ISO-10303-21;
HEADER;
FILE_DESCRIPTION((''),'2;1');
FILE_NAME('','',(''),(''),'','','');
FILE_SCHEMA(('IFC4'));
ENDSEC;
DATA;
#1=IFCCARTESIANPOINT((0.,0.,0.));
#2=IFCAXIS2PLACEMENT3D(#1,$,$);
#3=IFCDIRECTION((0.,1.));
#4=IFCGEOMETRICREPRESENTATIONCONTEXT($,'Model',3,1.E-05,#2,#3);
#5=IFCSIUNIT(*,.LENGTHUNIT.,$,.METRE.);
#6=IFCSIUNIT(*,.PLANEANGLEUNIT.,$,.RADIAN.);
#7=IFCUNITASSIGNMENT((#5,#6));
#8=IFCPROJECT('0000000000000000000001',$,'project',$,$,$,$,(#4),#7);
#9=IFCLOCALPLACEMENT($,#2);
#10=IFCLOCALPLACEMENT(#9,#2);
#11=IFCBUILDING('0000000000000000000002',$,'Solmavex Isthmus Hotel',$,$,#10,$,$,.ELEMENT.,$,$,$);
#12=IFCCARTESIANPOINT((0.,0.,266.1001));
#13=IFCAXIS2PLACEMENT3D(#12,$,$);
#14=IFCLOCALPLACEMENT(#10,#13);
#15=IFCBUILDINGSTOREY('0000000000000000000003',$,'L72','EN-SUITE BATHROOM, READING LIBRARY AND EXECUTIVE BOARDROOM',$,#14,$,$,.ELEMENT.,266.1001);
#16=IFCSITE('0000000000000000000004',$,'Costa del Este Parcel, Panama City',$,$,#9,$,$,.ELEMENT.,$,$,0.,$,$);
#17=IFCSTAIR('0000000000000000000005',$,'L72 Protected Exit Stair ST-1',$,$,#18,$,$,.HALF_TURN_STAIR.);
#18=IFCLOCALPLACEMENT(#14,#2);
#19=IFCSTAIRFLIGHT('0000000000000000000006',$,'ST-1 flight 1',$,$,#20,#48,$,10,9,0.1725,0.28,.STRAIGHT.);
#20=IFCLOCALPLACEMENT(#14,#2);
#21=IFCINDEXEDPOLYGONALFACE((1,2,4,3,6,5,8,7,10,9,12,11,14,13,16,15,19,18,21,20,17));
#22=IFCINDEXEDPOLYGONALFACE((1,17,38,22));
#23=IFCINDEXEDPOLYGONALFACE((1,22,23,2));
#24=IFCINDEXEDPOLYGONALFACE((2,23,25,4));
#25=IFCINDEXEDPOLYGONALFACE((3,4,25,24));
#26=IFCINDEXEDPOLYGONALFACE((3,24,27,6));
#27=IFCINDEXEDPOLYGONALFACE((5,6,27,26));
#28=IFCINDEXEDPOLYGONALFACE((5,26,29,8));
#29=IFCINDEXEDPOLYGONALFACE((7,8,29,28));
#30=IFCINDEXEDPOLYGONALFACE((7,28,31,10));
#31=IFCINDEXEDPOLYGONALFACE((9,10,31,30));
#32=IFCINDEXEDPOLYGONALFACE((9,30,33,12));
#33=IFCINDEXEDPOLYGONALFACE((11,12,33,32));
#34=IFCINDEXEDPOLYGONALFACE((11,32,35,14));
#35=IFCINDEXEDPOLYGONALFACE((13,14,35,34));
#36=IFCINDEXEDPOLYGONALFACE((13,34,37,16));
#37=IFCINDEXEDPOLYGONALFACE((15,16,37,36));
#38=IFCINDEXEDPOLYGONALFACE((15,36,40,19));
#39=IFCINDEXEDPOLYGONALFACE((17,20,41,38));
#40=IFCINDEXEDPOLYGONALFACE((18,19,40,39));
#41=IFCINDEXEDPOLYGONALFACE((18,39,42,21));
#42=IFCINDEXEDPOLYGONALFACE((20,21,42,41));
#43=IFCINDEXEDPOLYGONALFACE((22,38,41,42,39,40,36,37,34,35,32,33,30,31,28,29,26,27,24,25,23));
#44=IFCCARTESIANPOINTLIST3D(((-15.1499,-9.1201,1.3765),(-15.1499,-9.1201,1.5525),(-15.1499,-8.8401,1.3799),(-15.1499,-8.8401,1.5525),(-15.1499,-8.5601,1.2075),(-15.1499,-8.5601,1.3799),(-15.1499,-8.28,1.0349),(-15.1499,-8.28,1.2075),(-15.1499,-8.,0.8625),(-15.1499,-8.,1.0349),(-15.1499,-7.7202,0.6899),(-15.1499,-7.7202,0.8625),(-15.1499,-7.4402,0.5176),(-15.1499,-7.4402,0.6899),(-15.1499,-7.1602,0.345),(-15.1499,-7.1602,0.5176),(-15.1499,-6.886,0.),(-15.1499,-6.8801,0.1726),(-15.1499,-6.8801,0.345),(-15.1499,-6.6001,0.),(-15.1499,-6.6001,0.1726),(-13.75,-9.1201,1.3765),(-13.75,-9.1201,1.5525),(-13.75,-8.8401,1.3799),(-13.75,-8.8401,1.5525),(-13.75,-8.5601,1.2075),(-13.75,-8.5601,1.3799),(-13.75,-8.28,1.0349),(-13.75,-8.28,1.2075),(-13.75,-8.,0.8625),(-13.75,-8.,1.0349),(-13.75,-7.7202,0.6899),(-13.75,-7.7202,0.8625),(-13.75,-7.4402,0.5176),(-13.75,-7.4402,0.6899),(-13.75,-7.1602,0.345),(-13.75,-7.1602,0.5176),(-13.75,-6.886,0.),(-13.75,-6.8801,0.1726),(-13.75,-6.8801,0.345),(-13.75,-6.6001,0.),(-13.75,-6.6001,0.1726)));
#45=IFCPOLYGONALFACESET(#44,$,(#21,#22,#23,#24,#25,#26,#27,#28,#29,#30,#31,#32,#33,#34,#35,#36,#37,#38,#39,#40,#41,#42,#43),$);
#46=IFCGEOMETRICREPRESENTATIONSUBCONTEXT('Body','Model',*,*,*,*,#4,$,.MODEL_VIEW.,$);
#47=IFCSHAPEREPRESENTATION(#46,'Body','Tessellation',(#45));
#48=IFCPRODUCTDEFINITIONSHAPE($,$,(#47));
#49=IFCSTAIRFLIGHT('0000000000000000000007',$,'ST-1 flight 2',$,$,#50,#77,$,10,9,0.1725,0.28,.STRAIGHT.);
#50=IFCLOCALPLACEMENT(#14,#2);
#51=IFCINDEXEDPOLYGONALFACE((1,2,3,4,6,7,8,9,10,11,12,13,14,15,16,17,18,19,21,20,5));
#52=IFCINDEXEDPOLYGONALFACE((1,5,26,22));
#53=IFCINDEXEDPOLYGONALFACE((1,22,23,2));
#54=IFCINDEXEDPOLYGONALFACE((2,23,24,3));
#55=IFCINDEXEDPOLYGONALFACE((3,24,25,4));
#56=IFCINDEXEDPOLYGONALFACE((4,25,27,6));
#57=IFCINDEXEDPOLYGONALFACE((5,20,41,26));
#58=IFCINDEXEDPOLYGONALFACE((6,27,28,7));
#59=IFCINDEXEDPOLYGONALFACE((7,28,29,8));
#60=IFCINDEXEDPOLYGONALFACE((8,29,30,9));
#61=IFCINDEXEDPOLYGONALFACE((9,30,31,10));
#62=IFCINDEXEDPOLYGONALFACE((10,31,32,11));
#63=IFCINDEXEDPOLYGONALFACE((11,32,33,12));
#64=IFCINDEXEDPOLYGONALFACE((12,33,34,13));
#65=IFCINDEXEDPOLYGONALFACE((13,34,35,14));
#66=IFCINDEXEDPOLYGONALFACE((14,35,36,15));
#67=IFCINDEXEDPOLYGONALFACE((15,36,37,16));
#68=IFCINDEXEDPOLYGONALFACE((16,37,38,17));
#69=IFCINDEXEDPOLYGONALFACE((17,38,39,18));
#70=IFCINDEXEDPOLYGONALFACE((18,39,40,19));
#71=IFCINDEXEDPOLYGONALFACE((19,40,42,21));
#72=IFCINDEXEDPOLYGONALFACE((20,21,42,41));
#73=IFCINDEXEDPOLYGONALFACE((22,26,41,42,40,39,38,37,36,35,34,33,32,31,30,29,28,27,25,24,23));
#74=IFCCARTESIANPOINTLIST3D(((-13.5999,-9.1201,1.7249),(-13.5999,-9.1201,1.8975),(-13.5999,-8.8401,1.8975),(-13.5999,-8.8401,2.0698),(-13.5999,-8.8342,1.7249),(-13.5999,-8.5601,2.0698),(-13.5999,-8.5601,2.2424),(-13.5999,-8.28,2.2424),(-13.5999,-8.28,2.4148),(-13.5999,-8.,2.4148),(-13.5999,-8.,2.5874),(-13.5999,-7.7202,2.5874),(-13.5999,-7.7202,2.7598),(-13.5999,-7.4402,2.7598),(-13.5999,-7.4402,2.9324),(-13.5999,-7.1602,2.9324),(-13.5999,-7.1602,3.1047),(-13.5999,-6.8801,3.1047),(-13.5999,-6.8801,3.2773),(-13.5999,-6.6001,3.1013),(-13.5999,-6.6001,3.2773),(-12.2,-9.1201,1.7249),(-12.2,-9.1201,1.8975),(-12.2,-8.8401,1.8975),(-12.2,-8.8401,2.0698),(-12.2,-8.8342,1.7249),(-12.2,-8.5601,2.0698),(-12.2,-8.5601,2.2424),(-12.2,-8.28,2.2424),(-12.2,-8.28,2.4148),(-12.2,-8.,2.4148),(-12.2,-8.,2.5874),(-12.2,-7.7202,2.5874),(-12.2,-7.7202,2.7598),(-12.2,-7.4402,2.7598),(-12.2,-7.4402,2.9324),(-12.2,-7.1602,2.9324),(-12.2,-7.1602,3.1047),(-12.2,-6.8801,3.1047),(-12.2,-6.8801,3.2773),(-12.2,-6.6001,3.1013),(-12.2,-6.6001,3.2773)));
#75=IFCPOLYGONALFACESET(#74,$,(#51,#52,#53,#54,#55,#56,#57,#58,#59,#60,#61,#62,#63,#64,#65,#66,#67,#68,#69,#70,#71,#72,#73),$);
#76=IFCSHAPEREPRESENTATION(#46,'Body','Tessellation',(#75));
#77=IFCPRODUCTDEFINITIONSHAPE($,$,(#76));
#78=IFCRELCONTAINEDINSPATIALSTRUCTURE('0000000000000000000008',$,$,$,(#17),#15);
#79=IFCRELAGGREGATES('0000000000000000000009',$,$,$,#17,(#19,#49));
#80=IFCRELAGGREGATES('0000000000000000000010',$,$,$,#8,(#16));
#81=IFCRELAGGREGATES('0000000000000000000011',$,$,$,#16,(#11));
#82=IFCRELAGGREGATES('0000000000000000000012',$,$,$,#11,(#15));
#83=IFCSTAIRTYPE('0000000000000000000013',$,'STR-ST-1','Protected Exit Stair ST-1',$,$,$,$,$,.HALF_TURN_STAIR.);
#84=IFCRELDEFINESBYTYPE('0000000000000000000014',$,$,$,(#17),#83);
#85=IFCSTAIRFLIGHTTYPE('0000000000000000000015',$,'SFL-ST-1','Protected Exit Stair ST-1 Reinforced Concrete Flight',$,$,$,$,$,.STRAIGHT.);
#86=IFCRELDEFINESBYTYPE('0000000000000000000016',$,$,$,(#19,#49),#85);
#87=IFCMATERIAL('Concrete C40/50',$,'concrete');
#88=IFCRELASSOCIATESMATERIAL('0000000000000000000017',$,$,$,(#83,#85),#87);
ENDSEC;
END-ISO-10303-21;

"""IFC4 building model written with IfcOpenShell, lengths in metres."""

from ifc_helpers import new_model, si_unit, direction, frame, origin, place, context, subcontext, project, spatial, polyline, outline, extrude, material, type_object, element, aggregate, save


model = new_model("IFC4")

# Units and contexts
model_context = context("Model", 3, precision=1e-05, world=origin(), true_north=direction((0.0, 1.0)))
body_context = subcontext(model_context, "Body", "Model", "MODEL_VIEW")
ifc_project = project(units=[si_unit("LENGTHUNIT", "METRE"), si_unit("PLANEANGLEUNIT", "RADIAN")], contexts=[model_context])

# Site, building, storey
site_placement = place(None, origin())
site = spatial("IfcSite", under=ifc_project, at=site_placement, Name="Costa del Este Parcel, Panama City", CompositionType="ELEMENT", RefElevation=0.0)
building_placement = place(site_placement, origin())
building = spatial("IfcBuilding", under=site, at=building_placement, Name="Solmavex Isthmus Hotel", CompositionType="ELEMENT")
storey_placement = place(building_placement, frame((0.0, 0.0, 266.1001)))
storey = spatial("IfcBuildingStorey", under=building, at=storey_placement, Name="L72", Description="EN-SUITE BATHROOM, READING LIBRARY AND EXECUTIVE BOARDROOM", CompositionType="ELEMENT", Elevation=266.1001)

# Shared definitions
ifc_material_1 = material(Name="Concrete C40/50", Category="concrete")

# Stair, stair flights
stair_type = type_object("IfcStairType", Name="STR-ST-1", Description="Protected Exit Stair ST-1", PredefinedType="HALF_TURN_STAIR", material=ifc_material_1)
stair_placement = place(storey_placement, origin())
stair = element("IfcStair", 1, at=stair_placement, inside=storey, type_object=stair_type, Name="L72 Protected Exit Stair ST-1", PredefinedType="HALF_TURN_STAIR")
stair_flight_type = type_object("IfcStairFlightType", Name="SFL-ST-1", Description="Protected Exit Stair ST-1 Reinforced Concrete Flight", PredefinedType="STRAIGHT", material=ifc_material_1)
stair_flight_1_placement = place(storey_placement, frame((-14.45, -6.6001, 0.0), z_axis=(0.0, 0.0, 1.0), x_axis=(0.0, -1.0, 0.0)))
stair_flight_1 = element("IfcStairFlight", 2, at=stair_flight_1_placement, type_object=stair_flight_type, Name="ST-1 flight 1", NumberOfRisers=10, NumberOfTreads=9, PredefinedType="STRAIGHT", RiserHeight=0.1725, TreadLength=0.28, context=body_context, shape_type="SweptSolid", body=[
    extrude(outline(polyline([(0.0, 0.0), (0.0, 0.1726), (0.28, 0.1726), (0.28, 0.345), (0.5601, 0.345), (0.5601, 0.5176), (0.8401, 0.5176), (0.8401, 0.6899), (1.1201, 0.6899), (1.1201, 0.8625), (1.3999, 0.8625), (1.3999, 1.0349), (1.6799, 1.0349), (1.6799, 1.2075), (1.96, 1.2075), (1.96, 1.3799), (2.24, 1.3799), (2.24, 1.5525), (2.52, 1.5525), (2.52, 1.7251), (2.52, 1.3765), (0.2859, 0.0), (0.0, 0.0)])), frame((0.0, 0.7, 0.0), z_axis=(0.0, -1.0, 0.0), x_axis=(1.0, 0.0, 0.0)), (0.0, 0.0, 1.0), 1.3999),
])
stair_flight_2_placement = place(storey_placement, frame((-12.8999, -9.1201, 1.7249), z_axis=(0.0, 0.0, 1.0), x_axis=(0.0, 1.0, 0.0)))
stair_flight_2 = element("IfcStairFlight", 3, at=stair_flight_2_placement, type_object=stair_flight_type, Name="ST-1 flight 2", NumberOfRisers=10, NumberOfTreads=9, PredefinedType="STRAIGHT", RiserHeight=0.1725, TreadLength=0.28, context=body_context, shape_type="SweptSolid", body=[
    extrude(outline(polyline([(0.0, 0.0), (0.0, 0.1726), (0.28, 0.1726), (0.28, 0.345), (0.5601, 0.345), (0.5601, 0.5176), (0.8401, 0.5176), (0.8401, 0.6899), (1.1201, 0.6899), (1.1201, 0.8625), (1.3999, 0.8625), (1.3999, 1.0349), (1.6799, 1.0349), (1.6799, 1.2075), (1.96, 1.2075), (1.96, 1.3799), (2.24, 1.3799), (2.24, 1.5525), (2.52, 1.5525), (2.52, 1.7251), (2.52, 1.3765), (0.2859, 0.0), (0.0, 0.0)])), frame((0.0, 0.7, 0.0), z_axis=(0.0, -1.0, 0.0), x_axis=(1.0, 0.0, 0.0)), (0.0, 0.0, 1.0), 1.3999),
])
aggregate(stair, [stair_flight_1, stair_flight_2])

save(model, "model.ifc")
